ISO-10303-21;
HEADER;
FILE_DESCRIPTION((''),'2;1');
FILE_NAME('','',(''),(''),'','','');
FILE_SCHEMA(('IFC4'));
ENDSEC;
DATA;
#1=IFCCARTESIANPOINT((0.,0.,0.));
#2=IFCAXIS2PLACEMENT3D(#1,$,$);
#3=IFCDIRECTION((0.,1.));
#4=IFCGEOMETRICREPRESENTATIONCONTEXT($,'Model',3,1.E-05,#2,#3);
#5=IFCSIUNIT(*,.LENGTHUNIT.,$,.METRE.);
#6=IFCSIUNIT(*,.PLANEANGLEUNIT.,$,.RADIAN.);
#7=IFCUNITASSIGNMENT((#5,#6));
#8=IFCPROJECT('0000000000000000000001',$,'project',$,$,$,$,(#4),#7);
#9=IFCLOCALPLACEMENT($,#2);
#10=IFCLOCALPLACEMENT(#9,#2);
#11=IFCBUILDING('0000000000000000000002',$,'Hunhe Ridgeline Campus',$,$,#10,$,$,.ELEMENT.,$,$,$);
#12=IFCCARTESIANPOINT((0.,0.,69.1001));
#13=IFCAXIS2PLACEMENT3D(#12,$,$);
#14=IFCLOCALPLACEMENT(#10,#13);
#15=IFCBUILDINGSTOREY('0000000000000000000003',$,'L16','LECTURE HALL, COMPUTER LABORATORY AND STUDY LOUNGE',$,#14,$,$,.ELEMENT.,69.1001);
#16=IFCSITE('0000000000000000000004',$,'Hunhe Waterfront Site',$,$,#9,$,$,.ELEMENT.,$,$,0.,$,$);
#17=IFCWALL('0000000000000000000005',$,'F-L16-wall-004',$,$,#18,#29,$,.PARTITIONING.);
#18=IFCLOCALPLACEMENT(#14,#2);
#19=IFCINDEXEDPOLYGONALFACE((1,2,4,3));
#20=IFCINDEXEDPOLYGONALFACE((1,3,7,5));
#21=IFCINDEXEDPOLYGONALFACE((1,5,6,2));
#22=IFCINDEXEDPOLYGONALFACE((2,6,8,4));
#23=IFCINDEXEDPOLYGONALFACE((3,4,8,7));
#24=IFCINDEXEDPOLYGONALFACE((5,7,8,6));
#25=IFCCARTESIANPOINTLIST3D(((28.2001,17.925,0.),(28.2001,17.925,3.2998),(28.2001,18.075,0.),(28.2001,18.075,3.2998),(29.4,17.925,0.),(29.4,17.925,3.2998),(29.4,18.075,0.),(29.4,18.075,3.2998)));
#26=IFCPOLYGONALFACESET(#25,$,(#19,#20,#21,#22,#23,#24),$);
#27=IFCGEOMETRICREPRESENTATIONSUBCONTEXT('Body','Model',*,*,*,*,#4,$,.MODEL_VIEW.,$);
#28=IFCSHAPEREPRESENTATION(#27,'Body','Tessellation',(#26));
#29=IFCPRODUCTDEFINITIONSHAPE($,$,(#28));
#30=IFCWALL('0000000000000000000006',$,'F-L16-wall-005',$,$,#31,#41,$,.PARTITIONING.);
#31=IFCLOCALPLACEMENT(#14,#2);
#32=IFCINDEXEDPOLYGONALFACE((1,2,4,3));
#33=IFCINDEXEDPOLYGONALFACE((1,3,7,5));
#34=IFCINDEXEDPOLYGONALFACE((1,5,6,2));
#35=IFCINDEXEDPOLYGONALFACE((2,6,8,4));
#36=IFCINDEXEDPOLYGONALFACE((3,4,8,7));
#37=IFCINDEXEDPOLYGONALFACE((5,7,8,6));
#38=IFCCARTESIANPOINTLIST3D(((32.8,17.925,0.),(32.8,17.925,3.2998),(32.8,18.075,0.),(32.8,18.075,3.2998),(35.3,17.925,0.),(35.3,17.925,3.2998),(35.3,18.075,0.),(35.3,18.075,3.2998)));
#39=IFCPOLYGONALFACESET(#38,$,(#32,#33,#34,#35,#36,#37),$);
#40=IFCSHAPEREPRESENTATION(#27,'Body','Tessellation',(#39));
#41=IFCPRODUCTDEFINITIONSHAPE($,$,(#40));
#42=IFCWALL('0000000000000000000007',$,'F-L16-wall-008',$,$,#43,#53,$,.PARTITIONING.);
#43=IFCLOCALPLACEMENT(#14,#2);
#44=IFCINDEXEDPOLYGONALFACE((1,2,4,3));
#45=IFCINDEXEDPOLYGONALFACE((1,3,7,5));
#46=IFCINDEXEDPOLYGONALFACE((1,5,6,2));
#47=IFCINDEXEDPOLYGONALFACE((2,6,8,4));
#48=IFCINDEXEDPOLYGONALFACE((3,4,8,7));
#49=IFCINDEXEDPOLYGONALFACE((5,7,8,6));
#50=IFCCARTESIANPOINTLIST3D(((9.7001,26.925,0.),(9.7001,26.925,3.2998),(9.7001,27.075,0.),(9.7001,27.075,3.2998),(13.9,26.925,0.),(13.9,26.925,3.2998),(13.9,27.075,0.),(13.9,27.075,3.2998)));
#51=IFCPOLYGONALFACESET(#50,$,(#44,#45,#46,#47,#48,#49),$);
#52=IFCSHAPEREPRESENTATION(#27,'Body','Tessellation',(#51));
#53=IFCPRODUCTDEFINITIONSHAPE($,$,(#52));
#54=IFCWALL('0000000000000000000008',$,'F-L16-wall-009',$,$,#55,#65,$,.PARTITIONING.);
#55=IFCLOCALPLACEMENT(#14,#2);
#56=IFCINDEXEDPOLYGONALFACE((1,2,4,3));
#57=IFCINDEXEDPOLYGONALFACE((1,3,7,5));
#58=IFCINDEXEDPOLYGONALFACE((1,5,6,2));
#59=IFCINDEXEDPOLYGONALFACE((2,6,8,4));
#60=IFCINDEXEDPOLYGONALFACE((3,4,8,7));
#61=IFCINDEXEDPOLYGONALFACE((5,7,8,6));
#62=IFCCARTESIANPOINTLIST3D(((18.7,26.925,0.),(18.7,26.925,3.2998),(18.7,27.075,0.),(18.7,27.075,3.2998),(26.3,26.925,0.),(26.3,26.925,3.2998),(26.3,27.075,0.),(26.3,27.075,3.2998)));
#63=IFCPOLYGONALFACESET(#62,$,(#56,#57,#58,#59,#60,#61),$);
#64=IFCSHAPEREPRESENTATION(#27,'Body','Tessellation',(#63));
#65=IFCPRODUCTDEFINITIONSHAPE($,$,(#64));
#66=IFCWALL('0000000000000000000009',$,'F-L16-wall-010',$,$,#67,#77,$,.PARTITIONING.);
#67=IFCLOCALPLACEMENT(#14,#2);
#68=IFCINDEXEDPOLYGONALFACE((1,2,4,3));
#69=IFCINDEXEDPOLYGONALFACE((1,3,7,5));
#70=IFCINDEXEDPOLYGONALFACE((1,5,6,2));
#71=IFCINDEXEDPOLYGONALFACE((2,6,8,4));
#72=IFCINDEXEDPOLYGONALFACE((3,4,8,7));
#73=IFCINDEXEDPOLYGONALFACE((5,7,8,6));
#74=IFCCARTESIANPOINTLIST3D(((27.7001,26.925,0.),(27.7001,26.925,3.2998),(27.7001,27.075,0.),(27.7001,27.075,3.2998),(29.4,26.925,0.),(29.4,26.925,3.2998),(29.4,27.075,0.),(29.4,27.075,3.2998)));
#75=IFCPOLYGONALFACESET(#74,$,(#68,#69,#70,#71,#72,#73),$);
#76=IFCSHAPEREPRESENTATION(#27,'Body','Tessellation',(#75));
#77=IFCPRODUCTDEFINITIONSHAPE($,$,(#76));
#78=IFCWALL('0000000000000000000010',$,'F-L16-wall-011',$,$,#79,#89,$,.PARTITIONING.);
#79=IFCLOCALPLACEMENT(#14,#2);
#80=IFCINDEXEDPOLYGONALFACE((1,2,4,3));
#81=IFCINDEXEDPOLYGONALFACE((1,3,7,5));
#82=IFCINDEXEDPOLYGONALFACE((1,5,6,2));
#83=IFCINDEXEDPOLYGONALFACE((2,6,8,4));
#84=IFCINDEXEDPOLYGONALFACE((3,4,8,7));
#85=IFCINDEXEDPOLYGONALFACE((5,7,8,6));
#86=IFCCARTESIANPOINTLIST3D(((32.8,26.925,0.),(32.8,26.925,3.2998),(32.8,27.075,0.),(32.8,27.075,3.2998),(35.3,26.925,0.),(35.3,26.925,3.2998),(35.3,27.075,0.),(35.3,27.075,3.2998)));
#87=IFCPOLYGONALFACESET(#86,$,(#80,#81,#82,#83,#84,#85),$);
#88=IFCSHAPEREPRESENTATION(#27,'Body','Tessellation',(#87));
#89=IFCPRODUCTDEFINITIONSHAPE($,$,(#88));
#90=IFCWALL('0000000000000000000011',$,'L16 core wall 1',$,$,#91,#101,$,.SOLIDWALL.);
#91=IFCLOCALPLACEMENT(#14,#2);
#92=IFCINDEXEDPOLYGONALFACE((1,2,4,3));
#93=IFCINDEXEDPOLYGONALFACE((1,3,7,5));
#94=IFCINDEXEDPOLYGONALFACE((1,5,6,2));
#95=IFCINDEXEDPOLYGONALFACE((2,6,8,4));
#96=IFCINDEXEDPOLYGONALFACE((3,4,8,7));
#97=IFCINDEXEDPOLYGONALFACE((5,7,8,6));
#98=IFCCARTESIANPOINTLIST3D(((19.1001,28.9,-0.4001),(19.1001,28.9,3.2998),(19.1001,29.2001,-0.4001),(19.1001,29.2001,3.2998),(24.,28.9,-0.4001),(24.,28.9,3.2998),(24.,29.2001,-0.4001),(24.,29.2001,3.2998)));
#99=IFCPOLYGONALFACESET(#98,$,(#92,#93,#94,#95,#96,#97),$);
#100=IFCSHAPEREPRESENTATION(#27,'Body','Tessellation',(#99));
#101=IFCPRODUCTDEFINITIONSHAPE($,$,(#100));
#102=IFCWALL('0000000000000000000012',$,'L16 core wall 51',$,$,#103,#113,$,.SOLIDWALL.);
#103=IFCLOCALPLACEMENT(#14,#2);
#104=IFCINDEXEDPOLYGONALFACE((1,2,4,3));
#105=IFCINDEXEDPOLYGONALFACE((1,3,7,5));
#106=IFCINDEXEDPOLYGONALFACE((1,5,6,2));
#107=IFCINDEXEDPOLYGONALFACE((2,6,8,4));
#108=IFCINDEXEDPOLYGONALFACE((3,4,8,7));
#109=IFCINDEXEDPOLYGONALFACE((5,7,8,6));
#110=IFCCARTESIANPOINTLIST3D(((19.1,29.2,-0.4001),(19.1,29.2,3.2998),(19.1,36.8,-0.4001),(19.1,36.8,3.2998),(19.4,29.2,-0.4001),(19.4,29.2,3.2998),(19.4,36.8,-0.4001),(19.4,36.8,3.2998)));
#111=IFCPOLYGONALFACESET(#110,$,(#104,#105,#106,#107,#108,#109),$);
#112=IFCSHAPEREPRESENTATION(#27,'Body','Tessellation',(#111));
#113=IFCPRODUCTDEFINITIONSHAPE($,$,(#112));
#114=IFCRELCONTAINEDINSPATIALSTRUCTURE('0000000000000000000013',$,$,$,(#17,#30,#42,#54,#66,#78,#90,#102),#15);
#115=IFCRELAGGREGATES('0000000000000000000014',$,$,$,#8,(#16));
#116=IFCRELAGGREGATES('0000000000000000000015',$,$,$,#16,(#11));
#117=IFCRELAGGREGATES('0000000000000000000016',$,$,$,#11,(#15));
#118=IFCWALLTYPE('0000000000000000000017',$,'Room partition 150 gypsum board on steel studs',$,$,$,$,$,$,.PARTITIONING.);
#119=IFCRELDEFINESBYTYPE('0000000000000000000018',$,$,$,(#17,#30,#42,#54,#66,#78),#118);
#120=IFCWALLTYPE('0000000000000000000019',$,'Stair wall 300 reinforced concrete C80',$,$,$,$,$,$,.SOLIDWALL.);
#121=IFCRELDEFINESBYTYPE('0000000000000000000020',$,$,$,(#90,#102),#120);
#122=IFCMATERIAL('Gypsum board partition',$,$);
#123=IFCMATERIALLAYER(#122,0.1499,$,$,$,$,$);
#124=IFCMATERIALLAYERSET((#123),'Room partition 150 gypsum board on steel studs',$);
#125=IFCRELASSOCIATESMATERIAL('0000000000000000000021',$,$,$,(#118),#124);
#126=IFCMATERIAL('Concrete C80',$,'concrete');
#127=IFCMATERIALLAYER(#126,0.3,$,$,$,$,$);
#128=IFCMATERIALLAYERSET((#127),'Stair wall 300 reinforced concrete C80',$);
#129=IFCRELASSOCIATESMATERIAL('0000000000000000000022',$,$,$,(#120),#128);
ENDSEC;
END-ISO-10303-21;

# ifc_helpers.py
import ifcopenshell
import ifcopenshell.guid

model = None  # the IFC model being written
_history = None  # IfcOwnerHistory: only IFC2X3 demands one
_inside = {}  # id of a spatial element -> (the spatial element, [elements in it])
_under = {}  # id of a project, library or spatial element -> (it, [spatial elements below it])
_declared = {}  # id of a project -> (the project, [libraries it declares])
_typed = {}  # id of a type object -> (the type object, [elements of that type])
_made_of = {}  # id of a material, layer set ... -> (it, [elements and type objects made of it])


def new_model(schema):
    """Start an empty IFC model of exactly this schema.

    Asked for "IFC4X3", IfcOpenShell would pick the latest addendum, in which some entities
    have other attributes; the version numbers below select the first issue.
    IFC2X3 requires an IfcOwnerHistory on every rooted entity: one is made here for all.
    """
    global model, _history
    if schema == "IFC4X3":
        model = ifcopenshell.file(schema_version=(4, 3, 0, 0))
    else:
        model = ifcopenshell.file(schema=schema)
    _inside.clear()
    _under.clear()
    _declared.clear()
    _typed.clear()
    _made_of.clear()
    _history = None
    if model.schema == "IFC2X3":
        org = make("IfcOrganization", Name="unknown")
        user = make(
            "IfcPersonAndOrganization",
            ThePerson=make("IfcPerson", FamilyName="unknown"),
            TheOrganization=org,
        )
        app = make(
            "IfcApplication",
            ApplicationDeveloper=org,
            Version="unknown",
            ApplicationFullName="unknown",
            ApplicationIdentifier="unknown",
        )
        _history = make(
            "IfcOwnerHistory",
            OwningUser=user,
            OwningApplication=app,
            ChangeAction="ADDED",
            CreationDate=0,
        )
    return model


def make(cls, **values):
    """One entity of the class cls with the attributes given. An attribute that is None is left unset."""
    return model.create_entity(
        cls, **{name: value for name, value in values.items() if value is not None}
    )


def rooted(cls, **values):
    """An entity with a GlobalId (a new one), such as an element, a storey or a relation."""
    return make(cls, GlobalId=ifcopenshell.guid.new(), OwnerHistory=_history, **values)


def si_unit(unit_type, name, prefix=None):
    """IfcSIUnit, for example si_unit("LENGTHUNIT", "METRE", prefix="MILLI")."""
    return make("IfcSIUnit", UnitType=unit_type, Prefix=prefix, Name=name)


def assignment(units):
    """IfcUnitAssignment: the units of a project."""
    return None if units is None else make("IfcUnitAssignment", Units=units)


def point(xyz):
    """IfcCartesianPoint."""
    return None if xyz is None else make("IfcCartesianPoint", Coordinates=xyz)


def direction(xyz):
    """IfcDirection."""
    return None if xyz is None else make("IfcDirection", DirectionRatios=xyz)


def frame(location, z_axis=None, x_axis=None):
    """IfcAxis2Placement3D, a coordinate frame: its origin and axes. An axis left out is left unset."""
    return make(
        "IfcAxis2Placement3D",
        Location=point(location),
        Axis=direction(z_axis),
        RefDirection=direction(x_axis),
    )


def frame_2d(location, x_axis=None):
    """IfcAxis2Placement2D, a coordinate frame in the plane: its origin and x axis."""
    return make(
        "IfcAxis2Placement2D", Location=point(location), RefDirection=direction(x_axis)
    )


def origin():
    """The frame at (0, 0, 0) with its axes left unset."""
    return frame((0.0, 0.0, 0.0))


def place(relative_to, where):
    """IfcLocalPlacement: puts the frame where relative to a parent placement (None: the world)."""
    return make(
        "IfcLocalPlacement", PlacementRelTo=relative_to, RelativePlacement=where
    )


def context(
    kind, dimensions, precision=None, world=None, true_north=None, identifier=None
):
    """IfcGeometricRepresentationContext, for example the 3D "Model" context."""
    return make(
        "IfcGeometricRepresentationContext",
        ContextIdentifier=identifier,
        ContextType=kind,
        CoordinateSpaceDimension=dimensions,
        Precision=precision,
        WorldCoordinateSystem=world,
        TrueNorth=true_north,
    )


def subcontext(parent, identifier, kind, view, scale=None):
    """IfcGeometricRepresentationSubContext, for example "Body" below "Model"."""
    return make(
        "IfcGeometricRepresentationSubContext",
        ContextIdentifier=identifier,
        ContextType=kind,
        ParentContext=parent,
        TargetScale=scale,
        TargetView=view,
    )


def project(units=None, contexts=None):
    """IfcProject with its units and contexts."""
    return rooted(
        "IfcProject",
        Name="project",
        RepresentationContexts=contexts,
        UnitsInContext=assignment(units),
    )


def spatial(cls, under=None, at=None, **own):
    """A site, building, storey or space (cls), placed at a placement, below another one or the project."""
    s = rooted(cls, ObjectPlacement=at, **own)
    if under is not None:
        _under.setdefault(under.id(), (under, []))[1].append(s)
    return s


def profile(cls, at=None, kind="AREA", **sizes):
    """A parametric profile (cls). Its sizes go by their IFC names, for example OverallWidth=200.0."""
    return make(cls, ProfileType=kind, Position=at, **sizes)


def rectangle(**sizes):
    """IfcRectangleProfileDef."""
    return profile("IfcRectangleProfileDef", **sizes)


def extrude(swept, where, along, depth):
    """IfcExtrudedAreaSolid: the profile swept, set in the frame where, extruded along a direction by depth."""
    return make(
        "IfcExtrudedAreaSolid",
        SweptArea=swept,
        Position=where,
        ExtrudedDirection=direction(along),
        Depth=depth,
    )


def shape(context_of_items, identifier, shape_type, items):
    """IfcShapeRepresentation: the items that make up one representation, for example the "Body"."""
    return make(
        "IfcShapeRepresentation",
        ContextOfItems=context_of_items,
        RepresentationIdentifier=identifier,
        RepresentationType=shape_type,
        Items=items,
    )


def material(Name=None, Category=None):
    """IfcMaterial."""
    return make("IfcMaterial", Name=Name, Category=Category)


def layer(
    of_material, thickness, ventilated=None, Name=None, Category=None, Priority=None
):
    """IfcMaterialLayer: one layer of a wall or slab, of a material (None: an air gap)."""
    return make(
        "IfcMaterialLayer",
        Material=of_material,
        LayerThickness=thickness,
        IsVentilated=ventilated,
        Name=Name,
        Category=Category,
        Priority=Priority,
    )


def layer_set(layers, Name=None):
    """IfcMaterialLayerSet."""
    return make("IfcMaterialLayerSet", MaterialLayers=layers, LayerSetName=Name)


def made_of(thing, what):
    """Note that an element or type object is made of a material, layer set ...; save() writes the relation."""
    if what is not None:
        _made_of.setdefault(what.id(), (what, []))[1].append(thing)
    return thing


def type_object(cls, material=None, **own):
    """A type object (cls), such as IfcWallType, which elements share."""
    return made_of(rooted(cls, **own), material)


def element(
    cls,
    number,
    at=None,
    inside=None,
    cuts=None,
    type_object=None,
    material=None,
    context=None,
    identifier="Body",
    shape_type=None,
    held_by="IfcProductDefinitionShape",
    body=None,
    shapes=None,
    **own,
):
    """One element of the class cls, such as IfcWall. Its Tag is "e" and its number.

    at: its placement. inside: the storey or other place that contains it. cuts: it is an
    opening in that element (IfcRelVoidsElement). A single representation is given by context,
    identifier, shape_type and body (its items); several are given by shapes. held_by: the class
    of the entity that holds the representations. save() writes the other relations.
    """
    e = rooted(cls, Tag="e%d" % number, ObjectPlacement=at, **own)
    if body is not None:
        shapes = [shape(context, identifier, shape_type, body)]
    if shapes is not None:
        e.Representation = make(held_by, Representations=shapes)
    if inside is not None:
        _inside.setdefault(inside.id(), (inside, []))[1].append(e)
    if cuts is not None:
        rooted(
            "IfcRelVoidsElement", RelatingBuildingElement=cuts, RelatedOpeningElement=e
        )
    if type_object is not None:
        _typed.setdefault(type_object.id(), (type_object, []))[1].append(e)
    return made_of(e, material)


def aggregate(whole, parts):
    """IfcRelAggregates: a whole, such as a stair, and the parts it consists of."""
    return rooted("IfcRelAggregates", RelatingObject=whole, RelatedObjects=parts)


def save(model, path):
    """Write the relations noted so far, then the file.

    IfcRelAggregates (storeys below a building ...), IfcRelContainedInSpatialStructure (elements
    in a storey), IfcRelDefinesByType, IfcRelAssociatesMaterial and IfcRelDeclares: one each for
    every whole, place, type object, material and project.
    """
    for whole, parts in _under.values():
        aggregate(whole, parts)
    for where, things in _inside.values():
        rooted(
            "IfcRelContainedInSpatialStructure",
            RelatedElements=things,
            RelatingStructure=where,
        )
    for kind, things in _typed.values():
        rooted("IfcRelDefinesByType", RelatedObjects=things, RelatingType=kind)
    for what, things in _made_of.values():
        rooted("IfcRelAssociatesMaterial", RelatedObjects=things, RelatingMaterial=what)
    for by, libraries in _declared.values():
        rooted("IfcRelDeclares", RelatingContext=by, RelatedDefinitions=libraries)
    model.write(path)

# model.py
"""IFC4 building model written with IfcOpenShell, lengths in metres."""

from ifc_helpers import new_model, si_unit, direction, frame, frame_2d, origin, place, context, subcontext, project, spatial, rectangle, extrude, material, layer, layer_set, type_object, element, save


model = new_model("IFC4")

# Units and contexts
model_context = context("Model", 3, precision=1e-05, world=origin(), true_north=direction((0.0, 1.0)))
body_context = subcontext(model_context, "Body", "Model", "MODEL_VIEW")
ifc_project = project(units=[si_unit("LENGTHUNIT", "METRE"), si_unit("PLANEANGLEUNIT", "RADIAN")], contexts=[model_context])

# Site, building, storey
site_placement = place(None, origin())
site = spatial("IfcSite", under=ifc_project, at=site_placement, Name="Hunhe Waterfront Site", CompositionType="ELEMENT", RefElevation=0.0)
building_placement = place(site_placement, origin())
building = spatial("IfcBuilding", under=site, at=building_placement, Name="Hunhe Ridgeline Campus", CompositionType="ELEMENT")
storey_placement = place(building_placement, frame((0.0, 0.0, 69.1001)))
storey = spatial("IfcBuildingStorey", under=building, at=storey_placement, Name="L16", Description="LECTURE HALL, COMPUTER LABORATORY AND STUDY LOUNGE", CompositionType="ELEMENT", Elevation=69.1001)

# Shared definitions
ifc_material_1 = material(Name="Concrete C80", Category="concrete")

# Shared definitions
ifc_material_2 = material(Name="Gypsum board partition")

# Walls
ifc_layer_1 = layer(ifc_material_2, 0.1499)
ifc_layer_set_1 = layer_set([ifc_layer_1], Name="Room partition 150 gypsum board on steel studs")
wall_type_1 = type_object("IfcWallType", Name="Room partition 150 gypsum board on steel studs", PredefinedType="PARTITIONING", material=ifc_layer_set_1)
wall_1_placement = place(storey_placement, frame((28.2, 18.0, 0.0), z_axis=(0.0, 0.0, 1.0), x_axis=(1.0, 0.0, 0.0)))
element("IfcWall", 1, at=wall_1_placement, inside=storey, type_object=wall_type_1, Name="F-L16-wall-004", PredefinedType="PARTITIONING", context=body_context, shape_type="SweptSolid", body=[
    extrude(rectangle(XDim=1.2, YDim=0.1499, at=frame_2d((0.6001, 0.0))), origin(), (0.0, 0.0, 1.0), 3.2998),
])
wall_2_placement = place(storey_placement, frame((32.8, 18.0, 0.0), z_axis=(0.0, 0.0, 1.0), x_axis=(1.0, 0.0, 0.0)))
element("IfcWall", 2, at=wall_2_placement, inside=storey, type_object=wall_type_1, Name="F-L16-wall-005", PredefinedType="PARTITIONING", context=body_context, shape_type="SweptSolid", body=[
    extrude(rectangle(XDim=2.5, YDim=0.1499, at=frame_2d((1.25, 0.0))), origin(), (0.0, 0.0, 1.0), 3.2998),
])
wall_3_placement = place(storey_placement, frame((9.7, 27.0, 0.0), z_axis=(0.0, 0.0, 1.0), x_axis=(1.0, 0.0, 0.0)))
element("IfcWall", 3, at=wall_3_placement, inside=storey, type_object=wall_type_1, Name="F-L16-wall-008", PredefinedType="PARTITIONING", context=body_context, shape_type="SweptSolid", body=[
    extrude(rectangle(XDim=4.2, YDim=0.1499, at=frame_2d((2.1001, 0.0))), origin(), (0.0, 0.0, 1.0), 3.2998),
])
wall_4_placement = place(storey_placement, frame((18.7, 27.0, 0.0), z_axis=(0.0, 0.0, 1.0), x_axis=(1.0, 0.0, 0.0)))
element("IfcWall", 4, at=wall_4_placement, inside=storey, type_object=wall_type_1, Name="F-L16-wall-009", PredefinedType="PARTITIONING", context=body_context, shape_type="SweptSolid", body=[
    extrude(rectangle(XDim=7.6001, YDim=0.1499, at=frame_2d((3.8, 0.0))), origin(), (0.0, 0.0, 1.0), 3.2998),
])
wall_5_placement = place(storey_placement, frame((27.7, 27.0, 0.0), z_axis=(0.0, 0.0, 1.0), x_axis=(1.0, 0.0, 0.0)))
element("IfcWall", 5, at=wall_5_placement, inside=storey, type_object=wall_type_1, Name="F-L16-wall-010", PredefinedType="PARTITIONING", context=body_context, shape_type="SweptSolid", body=[
    extrude(rectangle(XDim=1.7, YDim=0.1499, at=frame_2d((0.8501, 0.0))), origin(), (0.0, 0.0, 1.0), 3.2998),
])
wall_6_placement = place(storey_placement, frame((32.8, 27.0, 0.0), z_axis=(0.0, 0.0, 1.0), x_axis=(1.0, 0.0, 0.0)))
element("IfcWall", 6, at=wall_6_placement, inside=storey, type_object=wall_type_1, Name="F-L16-wall-011", PredefinedType="PARTITIONING", context=body_context, shape_type="SweptSolid", body=[
    extrude(rectangle(XDim=2.5, YDim=0.1499, at=frame_2d((1.25, 0.0))), origin(), (0.0, 0.0, 1.0), 3.2998),
])
ifc_layer_2 = layer(ifc_material_1, 0.3)
ifc_layer_set_2 = layer_set([ifc_layer_2], Name="Stair wall 300 reinforced concrete C80")
wall_type_2 = type_object("IfcWallType", Name="Stair wall 300 reinforced concrete C80", PredefinedType="SOLIDWALL", material=ifc_layer_set_2)
wall_7_placement = place(storey_placement, frame((19.1001, 29.05, -0.4001), z_axis=(0.0, 0.0, 1.0), x_axis=(1.0, 0.0, 0.0)))
element("IfcWall", 7, at=wall_7_placement, inside=storey, type_object=wall_type_2, Name="L16 core wall 1", PredefinedType="SOLIDWALL", context=body_context, shape_type="SweptSolid", body=[
    extrude(rectangle(XDim=4.8999, YDim=0.3, at=frame_2d((2.45, 0.0))), origin(), (0.0, 0.0, 1.0), 3.7),
])
wall_8_placement = place(storey_placement, frame((19.25, 29.2, -0.4001), z_axis=(0.0, 0.0, 1.0), x_axis=(0.0, 1.0, 0.0)))
element("IfcWall", 8, at=wall_8_placement, inside=storey, type_object=wall_type_2, Name="L16 core wall 51", PredefinedType="SOLIDWALL", context=body_context, shape_type="SweptSolid", body=[
    extrude(rectangle(XDim=7.6001, YDim=0.3, at=frame_2d((3.8, 0.0))), origin(), (0.0, 0.0, 1.0), 3.7),
])

save(model, "model.ifc")
